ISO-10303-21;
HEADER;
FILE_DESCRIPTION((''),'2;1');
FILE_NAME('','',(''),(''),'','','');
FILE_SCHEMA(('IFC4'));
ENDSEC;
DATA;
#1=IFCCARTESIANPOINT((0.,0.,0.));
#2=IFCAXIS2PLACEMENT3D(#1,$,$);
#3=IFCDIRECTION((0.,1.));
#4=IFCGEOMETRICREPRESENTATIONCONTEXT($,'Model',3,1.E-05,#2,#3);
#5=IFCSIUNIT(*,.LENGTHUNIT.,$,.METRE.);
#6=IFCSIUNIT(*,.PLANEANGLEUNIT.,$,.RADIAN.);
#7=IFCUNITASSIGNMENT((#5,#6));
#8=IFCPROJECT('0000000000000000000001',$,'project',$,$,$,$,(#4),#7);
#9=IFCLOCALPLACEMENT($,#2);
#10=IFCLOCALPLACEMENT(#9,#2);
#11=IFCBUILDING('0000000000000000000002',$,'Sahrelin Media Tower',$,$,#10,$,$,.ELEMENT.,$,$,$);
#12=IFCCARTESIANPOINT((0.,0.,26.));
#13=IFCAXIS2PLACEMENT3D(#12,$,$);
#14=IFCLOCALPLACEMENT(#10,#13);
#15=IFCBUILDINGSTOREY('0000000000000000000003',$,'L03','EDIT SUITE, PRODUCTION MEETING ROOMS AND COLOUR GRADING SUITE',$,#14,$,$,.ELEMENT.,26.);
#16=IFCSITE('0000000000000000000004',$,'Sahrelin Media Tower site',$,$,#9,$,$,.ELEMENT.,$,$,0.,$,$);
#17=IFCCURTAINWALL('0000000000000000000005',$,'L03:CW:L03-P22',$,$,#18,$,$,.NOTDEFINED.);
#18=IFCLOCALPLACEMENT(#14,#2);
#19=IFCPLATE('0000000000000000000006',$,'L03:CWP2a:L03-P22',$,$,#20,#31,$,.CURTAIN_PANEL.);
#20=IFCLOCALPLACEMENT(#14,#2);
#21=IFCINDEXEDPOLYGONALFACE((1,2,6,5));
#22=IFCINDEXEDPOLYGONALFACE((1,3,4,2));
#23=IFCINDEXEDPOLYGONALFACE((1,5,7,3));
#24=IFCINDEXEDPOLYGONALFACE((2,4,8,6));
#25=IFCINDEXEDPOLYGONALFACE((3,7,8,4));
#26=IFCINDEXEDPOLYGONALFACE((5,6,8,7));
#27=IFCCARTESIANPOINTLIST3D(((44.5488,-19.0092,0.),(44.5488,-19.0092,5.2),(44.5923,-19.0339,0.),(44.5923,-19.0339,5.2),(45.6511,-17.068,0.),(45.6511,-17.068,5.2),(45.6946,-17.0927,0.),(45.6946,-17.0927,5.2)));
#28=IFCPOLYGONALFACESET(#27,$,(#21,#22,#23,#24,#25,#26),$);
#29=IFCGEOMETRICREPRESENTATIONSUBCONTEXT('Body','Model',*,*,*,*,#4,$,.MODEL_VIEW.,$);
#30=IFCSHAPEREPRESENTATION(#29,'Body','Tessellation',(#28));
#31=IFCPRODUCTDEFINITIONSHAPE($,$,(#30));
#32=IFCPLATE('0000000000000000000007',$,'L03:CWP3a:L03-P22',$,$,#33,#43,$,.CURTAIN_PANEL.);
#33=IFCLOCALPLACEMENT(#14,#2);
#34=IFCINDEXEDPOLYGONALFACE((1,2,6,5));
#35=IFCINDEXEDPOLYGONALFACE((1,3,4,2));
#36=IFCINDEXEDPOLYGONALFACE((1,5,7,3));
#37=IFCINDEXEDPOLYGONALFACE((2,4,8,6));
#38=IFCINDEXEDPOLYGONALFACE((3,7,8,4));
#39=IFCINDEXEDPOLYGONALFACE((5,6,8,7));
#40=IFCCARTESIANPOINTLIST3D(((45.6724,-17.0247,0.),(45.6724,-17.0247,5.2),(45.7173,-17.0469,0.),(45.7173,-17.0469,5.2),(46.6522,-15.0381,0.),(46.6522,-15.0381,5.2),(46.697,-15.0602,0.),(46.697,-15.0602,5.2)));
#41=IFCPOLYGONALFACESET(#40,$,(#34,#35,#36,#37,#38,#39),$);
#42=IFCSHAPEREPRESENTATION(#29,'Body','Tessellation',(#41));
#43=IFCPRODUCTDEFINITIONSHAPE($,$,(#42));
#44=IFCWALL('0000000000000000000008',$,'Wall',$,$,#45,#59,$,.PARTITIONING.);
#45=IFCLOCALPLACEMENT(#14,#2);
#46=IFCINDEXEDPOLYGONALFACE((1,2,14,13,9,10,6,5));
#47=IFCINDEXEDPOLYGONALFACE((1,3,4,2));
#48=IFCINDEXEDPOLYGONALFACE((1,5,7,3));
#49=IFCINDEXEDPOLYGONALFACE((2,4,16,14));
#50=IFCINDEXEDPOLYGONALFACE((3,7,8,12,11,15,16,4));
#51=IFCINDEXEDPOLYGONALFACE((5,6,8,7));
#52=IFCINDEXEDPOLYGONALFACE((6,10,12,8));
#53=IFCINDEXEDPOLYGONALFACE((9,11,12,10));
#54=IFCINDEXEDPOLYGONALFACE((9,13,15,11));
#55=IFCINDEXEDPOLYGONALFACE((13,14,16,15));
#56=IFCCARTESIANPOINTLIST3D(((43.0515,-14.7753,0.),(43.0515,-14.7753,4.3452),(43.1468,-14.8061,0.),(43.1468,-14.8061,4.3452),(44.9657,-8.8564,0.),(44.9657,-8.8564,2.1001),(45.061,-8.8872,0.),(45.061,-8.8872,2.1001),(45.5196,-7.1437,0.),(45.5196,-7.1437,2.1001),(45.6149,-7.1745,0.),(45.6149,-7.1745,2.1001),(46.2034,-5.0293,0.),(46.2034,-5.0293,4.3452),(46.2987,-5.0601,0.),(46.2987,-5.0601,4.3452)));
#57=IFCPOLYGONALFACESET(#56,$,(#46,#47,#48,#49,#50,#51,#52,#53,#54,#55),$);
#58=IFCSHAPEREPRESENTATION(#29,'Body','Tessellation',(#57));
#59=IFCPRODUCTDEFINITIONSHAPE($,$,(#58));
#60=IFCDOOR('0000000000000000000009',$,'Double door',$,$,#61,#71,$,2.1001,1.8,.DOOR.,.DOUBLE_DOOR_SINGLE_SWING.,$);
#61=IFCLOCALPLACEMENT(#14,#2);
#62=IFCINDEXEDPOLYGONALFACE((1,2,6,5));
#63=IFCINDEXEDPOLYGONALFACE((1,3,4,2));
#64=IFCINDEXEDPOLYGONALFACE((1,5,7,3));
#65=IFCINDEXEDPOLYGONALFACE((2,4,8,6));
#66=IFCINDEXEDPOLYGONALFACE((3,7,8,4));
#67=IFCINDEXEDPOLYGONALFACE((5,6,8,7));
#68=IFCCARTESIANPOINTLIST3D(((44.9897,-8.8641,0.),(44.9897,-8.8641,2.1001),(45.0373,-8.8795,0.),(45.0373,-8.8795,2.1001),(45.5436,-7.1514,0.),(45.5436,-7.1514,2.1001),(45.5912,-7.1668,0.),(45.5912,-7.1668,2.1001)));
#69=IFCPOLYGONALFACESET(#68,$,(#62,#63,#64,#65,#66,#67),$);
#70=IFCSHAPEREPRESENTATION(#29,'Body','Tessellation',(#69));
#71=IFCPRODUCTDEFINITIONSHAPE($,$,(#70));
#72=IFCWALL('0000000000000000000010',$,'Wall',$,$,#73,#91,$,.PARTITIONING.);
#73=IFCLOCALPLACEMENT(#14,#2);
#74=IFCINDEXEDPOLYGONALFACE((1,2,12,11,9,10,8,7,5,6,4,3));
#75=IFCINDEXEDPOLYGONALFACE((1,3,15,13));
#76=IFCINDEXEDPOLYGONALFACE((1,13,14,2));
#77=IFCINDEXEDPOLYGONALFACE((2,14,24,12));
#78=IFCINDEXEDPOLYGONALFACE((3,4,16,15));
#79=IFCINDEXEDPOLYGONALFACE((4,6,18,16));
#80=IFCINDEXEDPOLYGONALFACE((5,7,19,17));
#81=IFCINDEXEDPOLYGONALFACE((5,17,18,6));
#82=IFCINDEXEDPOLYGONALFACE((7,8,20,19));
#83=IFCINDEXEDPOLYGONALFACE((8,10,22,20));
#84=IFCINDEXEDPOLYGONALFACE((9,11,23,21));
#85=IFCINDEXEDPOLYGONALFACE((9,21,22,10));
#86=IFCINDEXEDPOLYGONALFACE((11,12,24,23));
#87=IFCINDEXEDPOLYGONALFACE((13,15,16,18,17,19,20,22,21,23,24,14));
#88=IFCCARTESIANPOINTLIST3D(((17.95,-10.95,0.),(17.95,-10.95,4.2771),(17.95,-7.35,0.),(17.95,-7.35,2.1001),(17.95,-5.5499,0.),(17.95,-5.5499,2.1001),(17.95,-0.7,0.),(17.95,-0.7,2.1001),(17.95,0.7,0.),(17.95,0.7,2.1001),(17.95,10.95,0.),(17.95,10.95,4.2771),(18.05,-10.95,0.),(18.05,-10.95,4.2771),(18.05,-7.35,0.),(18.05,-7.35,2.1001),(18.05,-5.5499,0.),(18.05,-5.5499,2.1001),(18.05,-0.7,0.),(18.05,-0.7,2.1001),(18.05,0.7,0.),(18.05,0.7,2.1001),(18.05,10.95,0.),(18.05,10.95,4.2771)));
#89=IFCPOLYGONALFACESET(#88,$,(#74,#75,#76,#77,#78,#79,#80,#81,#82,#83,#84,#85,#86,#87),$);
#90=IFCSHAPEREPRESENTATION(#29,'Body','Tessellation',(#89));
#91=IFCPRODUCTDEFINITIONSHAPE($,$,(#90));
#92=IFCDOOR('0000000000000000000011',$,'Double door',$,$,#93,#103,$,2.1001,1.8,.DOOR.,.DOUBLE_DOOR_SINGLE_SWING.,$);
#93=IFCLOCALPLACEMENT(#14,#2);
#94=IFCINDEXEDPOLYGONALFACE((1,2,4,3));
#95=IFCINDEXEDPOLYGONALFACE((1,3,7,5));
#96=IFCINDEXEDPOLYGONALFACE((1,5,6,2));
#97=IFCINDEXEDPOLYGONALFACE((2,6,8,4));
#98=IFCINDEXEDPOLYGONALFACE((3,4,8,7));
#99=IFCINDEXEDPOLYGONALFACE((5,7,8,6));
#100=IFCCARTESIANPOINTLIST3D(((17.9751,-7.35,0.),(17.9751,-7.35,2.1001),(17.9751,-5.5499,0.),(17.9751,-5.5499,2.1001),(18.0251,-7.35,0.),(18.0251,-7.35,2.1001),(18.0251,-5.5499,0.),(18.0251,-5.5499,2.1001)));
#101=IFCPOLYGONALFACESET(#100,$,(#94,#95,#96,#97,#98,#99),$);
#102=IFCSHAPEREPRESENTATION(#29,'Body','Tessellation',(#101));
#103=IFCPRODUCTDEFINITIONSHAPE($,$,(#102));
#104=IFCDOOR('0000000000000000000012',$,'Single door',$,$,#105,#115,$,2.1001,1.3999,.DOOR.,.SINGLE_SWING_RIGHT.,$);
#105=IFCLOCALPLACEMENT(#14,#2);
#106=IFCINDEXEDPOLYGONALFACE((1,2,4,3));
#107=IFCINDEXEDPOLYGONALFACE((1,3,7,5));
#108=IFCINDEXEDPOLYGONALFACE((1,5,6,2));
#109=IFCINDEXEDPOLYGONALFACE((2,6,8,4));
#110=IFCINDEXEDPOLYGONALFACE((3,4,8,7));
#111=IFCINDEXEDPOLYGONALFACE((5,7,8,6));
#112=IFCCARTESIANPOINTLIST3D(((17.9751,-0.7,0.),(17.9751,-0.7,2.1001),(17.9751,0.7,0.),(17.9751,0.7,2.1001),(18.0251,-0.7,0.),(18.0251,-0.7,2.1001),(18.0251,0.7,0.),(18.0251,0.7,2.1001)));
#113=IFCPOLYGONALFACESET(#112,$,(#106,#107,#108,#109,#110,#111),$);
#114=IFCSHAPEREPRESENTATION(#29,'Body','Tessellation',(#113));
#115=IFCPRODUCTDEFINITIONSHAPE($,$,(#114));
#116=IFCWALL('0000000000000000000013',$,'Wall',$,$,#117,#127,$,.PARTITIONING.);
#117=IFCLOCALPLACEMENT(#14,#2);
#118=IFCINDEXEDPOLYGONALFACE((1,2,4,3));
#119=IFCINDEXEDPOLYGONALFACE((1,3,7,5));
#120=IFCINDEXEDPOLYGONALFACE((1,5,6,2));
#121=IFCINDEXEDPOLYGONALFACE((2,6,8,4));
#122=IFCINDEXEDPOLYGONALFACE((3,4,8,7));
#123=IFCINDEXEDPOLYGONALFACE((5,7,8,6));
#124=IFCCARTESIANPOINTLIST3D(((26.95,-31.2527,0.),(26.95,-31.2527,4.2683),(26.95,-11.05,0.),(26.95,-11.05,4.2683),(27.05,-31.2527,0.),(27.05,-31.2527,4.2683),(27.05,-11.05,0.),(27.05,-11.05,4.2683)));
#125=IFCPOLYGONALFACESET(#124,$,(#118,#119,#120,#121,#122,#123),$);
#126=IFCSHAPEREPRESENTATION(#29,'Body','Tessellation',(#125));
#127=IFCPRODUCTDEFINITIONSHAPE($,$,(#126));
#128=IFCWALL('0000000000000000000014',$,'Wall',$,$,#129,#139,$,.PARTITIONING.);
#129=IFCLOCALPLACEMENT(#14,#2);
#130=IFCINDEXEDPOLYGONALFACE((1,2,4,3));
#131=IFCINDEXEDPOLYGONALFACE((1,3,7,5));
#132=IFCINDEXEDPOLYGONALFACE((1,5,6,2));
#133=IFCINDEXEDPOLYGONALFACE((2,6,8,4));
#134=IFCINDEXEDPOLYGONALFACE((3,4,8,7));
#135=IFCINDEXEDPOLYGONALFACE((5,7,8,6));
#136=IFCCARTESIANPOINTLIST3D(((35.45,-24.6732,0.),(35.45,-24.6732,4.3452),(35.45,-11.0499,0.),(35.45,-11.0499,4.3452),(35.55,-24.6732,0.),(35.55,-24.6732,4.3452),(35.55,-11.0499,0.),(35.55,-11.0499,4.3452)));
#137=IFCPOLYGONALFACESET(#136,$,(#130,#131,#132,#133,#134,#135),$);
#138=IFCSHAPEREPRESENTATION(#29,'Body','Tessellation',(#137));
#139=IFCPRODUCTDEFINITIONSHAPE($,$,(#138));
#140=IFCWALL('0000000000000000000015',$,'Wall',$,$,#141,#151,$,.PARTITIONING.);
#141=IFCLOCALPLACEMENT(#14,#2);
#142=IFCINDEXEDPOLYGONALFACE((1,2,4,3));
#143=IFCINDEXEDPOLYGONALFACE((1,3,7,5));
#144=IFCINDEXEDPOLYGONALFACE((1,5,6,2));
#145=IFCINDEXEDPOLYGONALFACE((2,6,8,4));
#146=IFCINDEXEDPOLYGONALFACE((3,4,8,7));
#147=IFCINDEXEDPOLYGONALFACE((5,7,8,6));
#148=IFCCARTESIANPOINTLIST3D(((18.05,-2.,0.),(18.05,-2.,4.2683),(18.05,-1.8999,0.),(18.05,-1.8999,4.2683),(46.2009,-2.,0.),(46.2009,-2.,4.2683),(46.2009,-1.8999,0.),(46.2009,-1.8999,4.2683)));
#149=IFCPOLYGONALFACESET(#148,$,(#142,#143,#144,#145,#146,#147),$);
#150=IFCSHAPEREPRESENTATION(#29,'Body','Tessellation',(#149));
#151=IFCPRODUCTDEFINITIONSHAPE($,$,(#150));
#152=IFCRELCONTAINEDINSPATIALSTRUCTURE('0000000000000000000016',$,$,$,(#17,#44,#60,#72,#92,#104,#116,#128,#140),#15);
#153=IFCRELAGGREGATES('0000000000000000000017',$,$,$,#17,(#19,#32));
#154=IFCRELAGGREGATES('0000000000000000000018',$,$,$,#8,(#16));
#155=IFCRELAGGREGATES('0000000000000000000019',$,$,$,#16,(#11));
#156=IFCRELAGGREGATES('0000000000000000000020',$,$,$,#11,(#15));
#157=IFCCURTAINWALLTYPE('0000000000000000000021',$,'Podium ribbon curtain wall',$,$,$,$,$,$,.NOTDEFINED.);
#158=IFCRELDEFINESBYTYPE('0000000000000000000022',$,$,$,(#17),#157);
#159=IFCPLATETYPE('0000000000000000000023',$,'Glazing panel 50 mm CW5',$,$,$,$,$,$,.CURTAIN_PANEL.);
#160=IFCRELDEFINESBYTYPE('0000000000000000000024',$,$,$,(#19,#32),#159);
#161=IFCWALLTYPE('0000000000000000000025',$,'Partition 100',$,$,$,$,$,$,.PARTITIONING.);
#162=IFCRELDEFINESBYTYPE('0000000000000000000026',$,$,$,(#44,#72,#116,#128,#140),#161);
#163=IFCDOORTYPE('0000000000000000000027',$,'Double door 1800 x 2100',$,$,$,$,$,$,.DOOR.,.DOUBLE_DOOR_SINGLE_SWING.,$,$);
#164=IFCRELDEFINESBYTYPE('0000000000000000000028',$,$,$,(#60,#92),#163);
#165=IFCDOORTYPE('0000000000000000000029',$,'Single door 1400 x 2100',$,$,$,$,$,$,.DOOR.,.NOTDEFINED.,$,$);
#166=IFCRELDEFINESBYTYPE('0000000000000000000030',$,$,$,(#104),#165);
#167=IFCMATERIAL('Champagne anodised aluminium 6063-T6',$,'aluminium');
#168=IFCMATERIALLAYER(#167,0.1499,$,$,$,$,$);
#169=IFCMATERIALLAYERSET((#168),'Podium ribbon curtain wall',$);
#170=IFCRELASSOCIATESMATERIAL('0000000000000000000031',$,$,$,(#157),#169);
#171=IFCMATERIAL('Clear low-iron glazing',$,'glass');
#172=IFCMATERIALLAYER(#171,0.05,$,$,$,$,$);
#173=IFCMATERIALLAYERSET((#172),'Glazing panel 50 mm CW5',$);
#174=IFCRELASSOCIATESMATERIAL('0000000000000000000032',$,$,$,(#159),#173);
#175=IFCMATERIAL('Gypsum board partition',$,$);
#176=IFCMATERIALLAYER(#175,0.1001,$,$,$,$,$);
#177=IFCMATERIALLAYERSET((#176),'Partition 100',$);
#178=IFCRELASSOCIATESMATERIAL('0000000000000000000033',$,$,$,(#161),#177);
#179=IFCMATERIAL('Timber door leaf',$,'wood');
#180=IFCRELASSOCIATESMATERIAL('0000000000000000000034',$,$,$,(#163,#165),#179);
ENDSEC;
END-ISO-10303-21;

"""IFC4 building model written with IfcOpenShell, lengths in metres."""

from ifc_helpers import new_model, si_unit, direction, frame, frame_2d, origin, place, context, subcontext, project, spatial, polyline, rectangle, outline, extrude, material, layer, layer_set, type_object, element, fill, aggregate, save


model = new_model("IFC4")

# Units and contexts
model_context = context("Model", 3, precision=1e-05, world=origin(), true_north=direction((0.0, 1.0)))
body_context = subcontext(model_context, "Body", "Model", "MODEL_VIEW")
ifc_project = project(units=[si_unit("LENGTHUNIT", "METRE"), si_unit("PLANEANGLEUNIT", "RADIAN")], contexts=[model_context])

# Site, building, storey
site_placement = place(None, origin())
site = spatial("IfcSite", under=ifc_project, at=site_placement, Name="Sahrelin Media Tower site", CompositionType="ELEMENT", RefElevation=0.0)
building_placement = place(site_placement, origin())
building = spatial("IfcBuilding", under=site, at=building_placement, Name="Sahrelin Media Tower", CompositionType="ELEMENT")
storey_placement = place(building_placement, frame((0.0, 0.0, 26.0)))
storey = spatial("IfcBuildingStorey", under=building, at=storey_placement, Name="L03", Description="EDIT SUITE, PRODUCTION MEETING ROOMS AND COLOUR GRADING SUITE", CompositionType="ELEMENT", Elevation=26.0)

# Curtain wall
ifc_material_1 = material(Name="Champagne anodised aluminium 6063-T6", Category="aluminium")
ifc_layer_1 = layer(ifc_material_1, 0.1499)
ifc_layer_set_1 = layer_set([ifc_layer_1], Name="Podium ribbon curtain wall")
curtain_wall_type = type_object("IfcCurtainWallType", Name="Podium ribbon curtain wall", PredefinedType="NOTDEFINED", material=ifc_layer_set_1)
curtain_wall_placement = place(storey_placement, frame((43.3013, -21.0, 0.0), z_axis=(0.0, 0.0, 1.0), x_axis=(1.0, 0.0, 0.0)))
curtain_wall = element("IfcCurtainWall", 1, at=curtain_wall_placement, inside=storey, type_object=curtain_wall_type, Name="L03:CW:L03-P22", PredefinedType="NOTDEFINED")

# Plates
ifc_material_2 = material(Name="Clear low-iron glazing", Category="glass")
ifc_layer_2 = layer(ifc_material_2, 0.05)
ifc_layer_set_2 = layer_set([ifc_layer_2], Name="Glazing panel 50 mm CW5")
plate_type = type_object("IfcPlateType", Name="Glazing panel 50 mm CW5", PredefinedType="CURTAIN_PANEL", material=ifc_layer_set_2)
plate_1_placement = place(storey_placement, frame((44.5923, -19.0339, 0.0), z_axis=(0.869579, -0.493793, 0.0), x_axis=(0.493793, 0.869579, 0.0)))
plate_1 = element("IfcPlate", 2, at=plate_1_placement, type_object=plate_type, Name="L03:CWP2a:L03-P22", PredefinedType="CURTAIN_PANEL", context=body_context, shape_type="SweptSolid", body=[
    extrude(outline(polyline([(0.0, 0.0), (2.2324, 0.0), (2.2324, 5.2), (0.0, 5.2), (0.0, 0.0)])), origin(), (0.0, 0.0, -1.0), 0.05),
])
plate_2_placement = place(storey_placement, frame((45.7173, -17.0469, 0.0), z_axis=(0.896861, -0.442313, 0.0), x_axis=(0.442313, 0.896861, 0.0)))
plate_2 = element("IfcPlate", 3, at=plate_2_placement, type_object=plate_type, Name="L03:CWP3a:L03-P22", PredefinedType="CURTAIN_PANEL", context=body_context, shape_type="SweptSolid", body=[
    extrude(outline(polyline([(0.0, 0.0), (2.2151, 0.0), (2.2151, 5.2), (0.0, 5.2), (0.0, 0.0)])), origin(), (0.0, 0.0, -1.0), 0.05),
])
aggregate(curtain_wall, [plate_1, plate_2])

# Wall, opening, door
ifc_material_3 = material(Name="Gypsum board partition")
ifc_layer_3 = layer(ifc_material_3, 0.1001)
ifc_layer_set_3 = layer_set([ifc_layer_3], Name="Partition 100")
wall_type = type_object("IfcWallType", Name="Partition 100", PredefinedType="PARTITIONING", material=ifc_layer_set_3)
wall_1_placement = place(storey_placement, frame((43.0991, -14.7908, 0.0), z_axis=(0.0, 0.0, 1.0), x_axis=(0.307713, 0.951479, 0.0)))
wall_1 = element("IfcWall", 4, at=wall_1_placement, inside=storey, type_object=wall_type, Name="Wall", PredefinedType="PARTITIONING", context=body_context, shape_type="SweptSolid", body=[
    extrude(rectangle(XDim=10.2429, YDim=0.1001, at=frame_2d((5.1216, 0.0))), origin(), (0.0, 0.0, 1.0), 4.3452),
])
opening_1_placement = place(wall_1_placement, frame((6.2209, 0.0, 0.0)))
opening_1 = element("IfcOpeningElement", 5, at=opening_1_placement, cuts=wall_1, PredefinedType="OPENING", context=body_context, shape_type="SweptSolid", body=[
    extrude(rectangle(XDim=1.8, YDim=2.1001, at=frame_2d((0.8999, 1.05))), frame((0.0, 0.05, 0.0), z_axis=(0.0, -1.0, 0.0), x_axis=(1.0, 0.0, 0.0)), (0.0, 0.0, 1.0), 0.1001),
])
ifc_material_4 = material(Name="Timber door leaf", Category="wood")
door_type_1 = type_object("IfcDoorType", Name="Double door 1800 x 2100", OperationType="DOUBLE_DOOR_SINGLE_SWING", PredefinedType="DOOR", material=ifc_material_4)
door_1_placement = place(opening_1_placement, origin())
door_1 = element("IfcDoor", 6, at=door_1_placement, inside=storey, type_object=door_type_1, Name="Double door", OperationType="DOUBLE_DOOR_SINGLE_SWING", OverallHeight=2.1001, OverallWidth=1.8, PredefinedType="DOOR", context=body_context, shape_type="SweptSolid", body=[
    extrude(rectangle(XDim=1.8, YDim=2.1001, at=frame_2d((0.8999, 1.05))), frame((0.0, 0.0249, 0.0), z_axis=(0.0, -1.0, 0.0), x_axis=(1.0, 0.0, 0.0)), (0.0, 0.0, 1.0), 0.05),
])
fill(opening_1, door_1)

# Wall, openings, doors
wall_2_placement = place(storey_placement, frame((18.0, -10.95, 0.0), z_axis=(0.0, 0.0, 1.0), x_axis=(0.0, 1.0, 0.0)))
wall_2 = element("IfcWall", 7, at=wall_2_placement, inside=storey, type_object=wall_type, Name="Wall", PredefinedType="PARTITIONING", context=body_context, shape_type="SweptSolid", body=[
    extrude(rectangle(XDim=21.8999, YDim=0.1001, at=frame_2d((10.95, 0.0))), origin(), (0.0, 0.0, 1.0), 4.2771),
])
opening_2_placement = place(wall_2_placement, frame((10.25, 0.0, 0.0)))
opening_2 = element("IfcOpeningElement", 8, at=opening_2_placement, cuts=wall_2, PredefinedType="OPENING", context=body_context, shape_type="SweptSolid", body=[
    extrude(rectangle(XDim=1.3999, YDim=2.1001, at=frame_2d((0.7, 1.05))), frame((0.0, 0.05, 0.0), z_axis=(0.0, -1.0, 0.0), x_axis=(1.0, 0.0, 0.0)), (0.0, 0.0, 1.0), 0.1001),
])
opening_3_placement = place(wall_2_placement, frame((3.6001, 0.0, 0.0)))
opening_3 = element("IfcOpeningElement", 9, at=opening_3_placement, cuts=wall_2, PredefinedType="OPENING", context=body_context, shape_type="SweptSolid", body=[
    extrude(rectangle(XDim=1.8, YDim=2.1001, at=frame_2d((0.8999, 1.05))), frame((0.0, 0.05, 0.0), z_axis=(0.0, -1.0, 0.0), x_axis=(1.0, 0.0, 0.0)), (0.0, 0.0, 1.0), 0.1001),
])
door_2_placement = place(opening_3_placement, origin())
door_2 = element("IfcDoor", 10, at=door_2_placement, inside=storey, type_object=door_type_1, Name="Double door", OperationType="DOUBLE_DOOR_SINGLE_SWING", OverallHeight=2.1001, OverallWidth=1.8, PredefinedType="DOOR", context=body_context, shape_type="SweptSolid", body=[
    extrude(rectangle(XDim=1.8, YDim=2.1001, at=frame_2d((0.8999, 1.05))), frame((0.0, 0.0249, 0.0), z_axis=(0.0, -1.0, 0.0), x_axis=(1.0, 0.0, 0.0)), (0.0, 0.0, 1.0), 0.05),
])
fill(opening_3, door_2)
door_type_2 = type_object("IfcDoorType", Name="Single door 1400 x 2100", OperationType="NOTDEFINED", PredefinedType="DOOR", material=ifc_material_4)
door_3_placement = place(opening_2_placement, origin())
door_3 = element("IfcDoor", 11, at=door_3_placement, inside=storey, type_object=door_type_2, Name="Single door", OperationType="SINGLE_SWING_RIGHT", OverallHeight=2.1001, OverallWidth=1.3999, PredefinedType="DOOR", context=body_context, shape_type="SweptSolid", body=[
    extrude(rectangle(XDim=1.3999, YDim=2.1001, at=frame_2d((0.7, 1.05))), frame((0.0, 0.0249, 0.0), z_axis=(0.0, -1.0, 0.0), x_axis=(1.0, 0.0, 0.0)), (0.0, 0.0, 1.0), 0.05),
])
fill(opening_2, door_3)

# Walls
wall_3_placement = place(storey_placement, frame((27.0, -11.05, 0.0), z_axis=(0.0, 0.0, 1.0), x_axis=(0.0, -1.0, 0.0)))
element("IfcWall", 12, at=wall_3_placement, inside=storey, type_object=wall_type, Name="Wall", PredefinedType="PARTITIONING", context=body_context, shape_type="SweptSolid", body=[
    extrude(rectangle(XDim=20.2026, YDim=0.1001, at=frame_2d((10.1013, 0.0))), origin(), (0.0, 0.0, 1.0), 4.2683),
])
wall_4_placement = place(storey_placement, frame((35.5, -11.05, 0.0), z_axis=(0.0, 0.0, 1.0), x_axis=(0.0, -1.0, 0.0)))
element("IfcWall", 13, at=wall_4_placement, inside=storey, type_object=wall_type, Name="Wall", PredefinedType="PARTITIONING", context=body_context, shape_type="SweptSolid", body=[
    extrude(rectangle(XDim=13.6233, YDim=0.1001, at=frame_2d((6.8115, 0.0))), origin(), (0.0, 0.0, 1.0), 4.3452),
])
wall_5_placement = place(storey_placement, frame((18.05, -1.95, 0.0), z_axis=(0.0, 0.0, 1.0), x_axis=(1.0, 0.0, 0.0)))
element("IfcWall", 14, at=wall_5_placement, inside=storey, type_object=wall_type, Name="Wall", PredefinedType="PARTITIONING", context=body_context, shape_type="SweptSolid", body=[
    extrude(rectangle(XDim=28.1509, YDim=0.1001, at=frame_2d((14.0754, 0.0))), origin(), (0.0, 0.0, 1.0), 4.2683),
])

save(model, "model.ifc")
